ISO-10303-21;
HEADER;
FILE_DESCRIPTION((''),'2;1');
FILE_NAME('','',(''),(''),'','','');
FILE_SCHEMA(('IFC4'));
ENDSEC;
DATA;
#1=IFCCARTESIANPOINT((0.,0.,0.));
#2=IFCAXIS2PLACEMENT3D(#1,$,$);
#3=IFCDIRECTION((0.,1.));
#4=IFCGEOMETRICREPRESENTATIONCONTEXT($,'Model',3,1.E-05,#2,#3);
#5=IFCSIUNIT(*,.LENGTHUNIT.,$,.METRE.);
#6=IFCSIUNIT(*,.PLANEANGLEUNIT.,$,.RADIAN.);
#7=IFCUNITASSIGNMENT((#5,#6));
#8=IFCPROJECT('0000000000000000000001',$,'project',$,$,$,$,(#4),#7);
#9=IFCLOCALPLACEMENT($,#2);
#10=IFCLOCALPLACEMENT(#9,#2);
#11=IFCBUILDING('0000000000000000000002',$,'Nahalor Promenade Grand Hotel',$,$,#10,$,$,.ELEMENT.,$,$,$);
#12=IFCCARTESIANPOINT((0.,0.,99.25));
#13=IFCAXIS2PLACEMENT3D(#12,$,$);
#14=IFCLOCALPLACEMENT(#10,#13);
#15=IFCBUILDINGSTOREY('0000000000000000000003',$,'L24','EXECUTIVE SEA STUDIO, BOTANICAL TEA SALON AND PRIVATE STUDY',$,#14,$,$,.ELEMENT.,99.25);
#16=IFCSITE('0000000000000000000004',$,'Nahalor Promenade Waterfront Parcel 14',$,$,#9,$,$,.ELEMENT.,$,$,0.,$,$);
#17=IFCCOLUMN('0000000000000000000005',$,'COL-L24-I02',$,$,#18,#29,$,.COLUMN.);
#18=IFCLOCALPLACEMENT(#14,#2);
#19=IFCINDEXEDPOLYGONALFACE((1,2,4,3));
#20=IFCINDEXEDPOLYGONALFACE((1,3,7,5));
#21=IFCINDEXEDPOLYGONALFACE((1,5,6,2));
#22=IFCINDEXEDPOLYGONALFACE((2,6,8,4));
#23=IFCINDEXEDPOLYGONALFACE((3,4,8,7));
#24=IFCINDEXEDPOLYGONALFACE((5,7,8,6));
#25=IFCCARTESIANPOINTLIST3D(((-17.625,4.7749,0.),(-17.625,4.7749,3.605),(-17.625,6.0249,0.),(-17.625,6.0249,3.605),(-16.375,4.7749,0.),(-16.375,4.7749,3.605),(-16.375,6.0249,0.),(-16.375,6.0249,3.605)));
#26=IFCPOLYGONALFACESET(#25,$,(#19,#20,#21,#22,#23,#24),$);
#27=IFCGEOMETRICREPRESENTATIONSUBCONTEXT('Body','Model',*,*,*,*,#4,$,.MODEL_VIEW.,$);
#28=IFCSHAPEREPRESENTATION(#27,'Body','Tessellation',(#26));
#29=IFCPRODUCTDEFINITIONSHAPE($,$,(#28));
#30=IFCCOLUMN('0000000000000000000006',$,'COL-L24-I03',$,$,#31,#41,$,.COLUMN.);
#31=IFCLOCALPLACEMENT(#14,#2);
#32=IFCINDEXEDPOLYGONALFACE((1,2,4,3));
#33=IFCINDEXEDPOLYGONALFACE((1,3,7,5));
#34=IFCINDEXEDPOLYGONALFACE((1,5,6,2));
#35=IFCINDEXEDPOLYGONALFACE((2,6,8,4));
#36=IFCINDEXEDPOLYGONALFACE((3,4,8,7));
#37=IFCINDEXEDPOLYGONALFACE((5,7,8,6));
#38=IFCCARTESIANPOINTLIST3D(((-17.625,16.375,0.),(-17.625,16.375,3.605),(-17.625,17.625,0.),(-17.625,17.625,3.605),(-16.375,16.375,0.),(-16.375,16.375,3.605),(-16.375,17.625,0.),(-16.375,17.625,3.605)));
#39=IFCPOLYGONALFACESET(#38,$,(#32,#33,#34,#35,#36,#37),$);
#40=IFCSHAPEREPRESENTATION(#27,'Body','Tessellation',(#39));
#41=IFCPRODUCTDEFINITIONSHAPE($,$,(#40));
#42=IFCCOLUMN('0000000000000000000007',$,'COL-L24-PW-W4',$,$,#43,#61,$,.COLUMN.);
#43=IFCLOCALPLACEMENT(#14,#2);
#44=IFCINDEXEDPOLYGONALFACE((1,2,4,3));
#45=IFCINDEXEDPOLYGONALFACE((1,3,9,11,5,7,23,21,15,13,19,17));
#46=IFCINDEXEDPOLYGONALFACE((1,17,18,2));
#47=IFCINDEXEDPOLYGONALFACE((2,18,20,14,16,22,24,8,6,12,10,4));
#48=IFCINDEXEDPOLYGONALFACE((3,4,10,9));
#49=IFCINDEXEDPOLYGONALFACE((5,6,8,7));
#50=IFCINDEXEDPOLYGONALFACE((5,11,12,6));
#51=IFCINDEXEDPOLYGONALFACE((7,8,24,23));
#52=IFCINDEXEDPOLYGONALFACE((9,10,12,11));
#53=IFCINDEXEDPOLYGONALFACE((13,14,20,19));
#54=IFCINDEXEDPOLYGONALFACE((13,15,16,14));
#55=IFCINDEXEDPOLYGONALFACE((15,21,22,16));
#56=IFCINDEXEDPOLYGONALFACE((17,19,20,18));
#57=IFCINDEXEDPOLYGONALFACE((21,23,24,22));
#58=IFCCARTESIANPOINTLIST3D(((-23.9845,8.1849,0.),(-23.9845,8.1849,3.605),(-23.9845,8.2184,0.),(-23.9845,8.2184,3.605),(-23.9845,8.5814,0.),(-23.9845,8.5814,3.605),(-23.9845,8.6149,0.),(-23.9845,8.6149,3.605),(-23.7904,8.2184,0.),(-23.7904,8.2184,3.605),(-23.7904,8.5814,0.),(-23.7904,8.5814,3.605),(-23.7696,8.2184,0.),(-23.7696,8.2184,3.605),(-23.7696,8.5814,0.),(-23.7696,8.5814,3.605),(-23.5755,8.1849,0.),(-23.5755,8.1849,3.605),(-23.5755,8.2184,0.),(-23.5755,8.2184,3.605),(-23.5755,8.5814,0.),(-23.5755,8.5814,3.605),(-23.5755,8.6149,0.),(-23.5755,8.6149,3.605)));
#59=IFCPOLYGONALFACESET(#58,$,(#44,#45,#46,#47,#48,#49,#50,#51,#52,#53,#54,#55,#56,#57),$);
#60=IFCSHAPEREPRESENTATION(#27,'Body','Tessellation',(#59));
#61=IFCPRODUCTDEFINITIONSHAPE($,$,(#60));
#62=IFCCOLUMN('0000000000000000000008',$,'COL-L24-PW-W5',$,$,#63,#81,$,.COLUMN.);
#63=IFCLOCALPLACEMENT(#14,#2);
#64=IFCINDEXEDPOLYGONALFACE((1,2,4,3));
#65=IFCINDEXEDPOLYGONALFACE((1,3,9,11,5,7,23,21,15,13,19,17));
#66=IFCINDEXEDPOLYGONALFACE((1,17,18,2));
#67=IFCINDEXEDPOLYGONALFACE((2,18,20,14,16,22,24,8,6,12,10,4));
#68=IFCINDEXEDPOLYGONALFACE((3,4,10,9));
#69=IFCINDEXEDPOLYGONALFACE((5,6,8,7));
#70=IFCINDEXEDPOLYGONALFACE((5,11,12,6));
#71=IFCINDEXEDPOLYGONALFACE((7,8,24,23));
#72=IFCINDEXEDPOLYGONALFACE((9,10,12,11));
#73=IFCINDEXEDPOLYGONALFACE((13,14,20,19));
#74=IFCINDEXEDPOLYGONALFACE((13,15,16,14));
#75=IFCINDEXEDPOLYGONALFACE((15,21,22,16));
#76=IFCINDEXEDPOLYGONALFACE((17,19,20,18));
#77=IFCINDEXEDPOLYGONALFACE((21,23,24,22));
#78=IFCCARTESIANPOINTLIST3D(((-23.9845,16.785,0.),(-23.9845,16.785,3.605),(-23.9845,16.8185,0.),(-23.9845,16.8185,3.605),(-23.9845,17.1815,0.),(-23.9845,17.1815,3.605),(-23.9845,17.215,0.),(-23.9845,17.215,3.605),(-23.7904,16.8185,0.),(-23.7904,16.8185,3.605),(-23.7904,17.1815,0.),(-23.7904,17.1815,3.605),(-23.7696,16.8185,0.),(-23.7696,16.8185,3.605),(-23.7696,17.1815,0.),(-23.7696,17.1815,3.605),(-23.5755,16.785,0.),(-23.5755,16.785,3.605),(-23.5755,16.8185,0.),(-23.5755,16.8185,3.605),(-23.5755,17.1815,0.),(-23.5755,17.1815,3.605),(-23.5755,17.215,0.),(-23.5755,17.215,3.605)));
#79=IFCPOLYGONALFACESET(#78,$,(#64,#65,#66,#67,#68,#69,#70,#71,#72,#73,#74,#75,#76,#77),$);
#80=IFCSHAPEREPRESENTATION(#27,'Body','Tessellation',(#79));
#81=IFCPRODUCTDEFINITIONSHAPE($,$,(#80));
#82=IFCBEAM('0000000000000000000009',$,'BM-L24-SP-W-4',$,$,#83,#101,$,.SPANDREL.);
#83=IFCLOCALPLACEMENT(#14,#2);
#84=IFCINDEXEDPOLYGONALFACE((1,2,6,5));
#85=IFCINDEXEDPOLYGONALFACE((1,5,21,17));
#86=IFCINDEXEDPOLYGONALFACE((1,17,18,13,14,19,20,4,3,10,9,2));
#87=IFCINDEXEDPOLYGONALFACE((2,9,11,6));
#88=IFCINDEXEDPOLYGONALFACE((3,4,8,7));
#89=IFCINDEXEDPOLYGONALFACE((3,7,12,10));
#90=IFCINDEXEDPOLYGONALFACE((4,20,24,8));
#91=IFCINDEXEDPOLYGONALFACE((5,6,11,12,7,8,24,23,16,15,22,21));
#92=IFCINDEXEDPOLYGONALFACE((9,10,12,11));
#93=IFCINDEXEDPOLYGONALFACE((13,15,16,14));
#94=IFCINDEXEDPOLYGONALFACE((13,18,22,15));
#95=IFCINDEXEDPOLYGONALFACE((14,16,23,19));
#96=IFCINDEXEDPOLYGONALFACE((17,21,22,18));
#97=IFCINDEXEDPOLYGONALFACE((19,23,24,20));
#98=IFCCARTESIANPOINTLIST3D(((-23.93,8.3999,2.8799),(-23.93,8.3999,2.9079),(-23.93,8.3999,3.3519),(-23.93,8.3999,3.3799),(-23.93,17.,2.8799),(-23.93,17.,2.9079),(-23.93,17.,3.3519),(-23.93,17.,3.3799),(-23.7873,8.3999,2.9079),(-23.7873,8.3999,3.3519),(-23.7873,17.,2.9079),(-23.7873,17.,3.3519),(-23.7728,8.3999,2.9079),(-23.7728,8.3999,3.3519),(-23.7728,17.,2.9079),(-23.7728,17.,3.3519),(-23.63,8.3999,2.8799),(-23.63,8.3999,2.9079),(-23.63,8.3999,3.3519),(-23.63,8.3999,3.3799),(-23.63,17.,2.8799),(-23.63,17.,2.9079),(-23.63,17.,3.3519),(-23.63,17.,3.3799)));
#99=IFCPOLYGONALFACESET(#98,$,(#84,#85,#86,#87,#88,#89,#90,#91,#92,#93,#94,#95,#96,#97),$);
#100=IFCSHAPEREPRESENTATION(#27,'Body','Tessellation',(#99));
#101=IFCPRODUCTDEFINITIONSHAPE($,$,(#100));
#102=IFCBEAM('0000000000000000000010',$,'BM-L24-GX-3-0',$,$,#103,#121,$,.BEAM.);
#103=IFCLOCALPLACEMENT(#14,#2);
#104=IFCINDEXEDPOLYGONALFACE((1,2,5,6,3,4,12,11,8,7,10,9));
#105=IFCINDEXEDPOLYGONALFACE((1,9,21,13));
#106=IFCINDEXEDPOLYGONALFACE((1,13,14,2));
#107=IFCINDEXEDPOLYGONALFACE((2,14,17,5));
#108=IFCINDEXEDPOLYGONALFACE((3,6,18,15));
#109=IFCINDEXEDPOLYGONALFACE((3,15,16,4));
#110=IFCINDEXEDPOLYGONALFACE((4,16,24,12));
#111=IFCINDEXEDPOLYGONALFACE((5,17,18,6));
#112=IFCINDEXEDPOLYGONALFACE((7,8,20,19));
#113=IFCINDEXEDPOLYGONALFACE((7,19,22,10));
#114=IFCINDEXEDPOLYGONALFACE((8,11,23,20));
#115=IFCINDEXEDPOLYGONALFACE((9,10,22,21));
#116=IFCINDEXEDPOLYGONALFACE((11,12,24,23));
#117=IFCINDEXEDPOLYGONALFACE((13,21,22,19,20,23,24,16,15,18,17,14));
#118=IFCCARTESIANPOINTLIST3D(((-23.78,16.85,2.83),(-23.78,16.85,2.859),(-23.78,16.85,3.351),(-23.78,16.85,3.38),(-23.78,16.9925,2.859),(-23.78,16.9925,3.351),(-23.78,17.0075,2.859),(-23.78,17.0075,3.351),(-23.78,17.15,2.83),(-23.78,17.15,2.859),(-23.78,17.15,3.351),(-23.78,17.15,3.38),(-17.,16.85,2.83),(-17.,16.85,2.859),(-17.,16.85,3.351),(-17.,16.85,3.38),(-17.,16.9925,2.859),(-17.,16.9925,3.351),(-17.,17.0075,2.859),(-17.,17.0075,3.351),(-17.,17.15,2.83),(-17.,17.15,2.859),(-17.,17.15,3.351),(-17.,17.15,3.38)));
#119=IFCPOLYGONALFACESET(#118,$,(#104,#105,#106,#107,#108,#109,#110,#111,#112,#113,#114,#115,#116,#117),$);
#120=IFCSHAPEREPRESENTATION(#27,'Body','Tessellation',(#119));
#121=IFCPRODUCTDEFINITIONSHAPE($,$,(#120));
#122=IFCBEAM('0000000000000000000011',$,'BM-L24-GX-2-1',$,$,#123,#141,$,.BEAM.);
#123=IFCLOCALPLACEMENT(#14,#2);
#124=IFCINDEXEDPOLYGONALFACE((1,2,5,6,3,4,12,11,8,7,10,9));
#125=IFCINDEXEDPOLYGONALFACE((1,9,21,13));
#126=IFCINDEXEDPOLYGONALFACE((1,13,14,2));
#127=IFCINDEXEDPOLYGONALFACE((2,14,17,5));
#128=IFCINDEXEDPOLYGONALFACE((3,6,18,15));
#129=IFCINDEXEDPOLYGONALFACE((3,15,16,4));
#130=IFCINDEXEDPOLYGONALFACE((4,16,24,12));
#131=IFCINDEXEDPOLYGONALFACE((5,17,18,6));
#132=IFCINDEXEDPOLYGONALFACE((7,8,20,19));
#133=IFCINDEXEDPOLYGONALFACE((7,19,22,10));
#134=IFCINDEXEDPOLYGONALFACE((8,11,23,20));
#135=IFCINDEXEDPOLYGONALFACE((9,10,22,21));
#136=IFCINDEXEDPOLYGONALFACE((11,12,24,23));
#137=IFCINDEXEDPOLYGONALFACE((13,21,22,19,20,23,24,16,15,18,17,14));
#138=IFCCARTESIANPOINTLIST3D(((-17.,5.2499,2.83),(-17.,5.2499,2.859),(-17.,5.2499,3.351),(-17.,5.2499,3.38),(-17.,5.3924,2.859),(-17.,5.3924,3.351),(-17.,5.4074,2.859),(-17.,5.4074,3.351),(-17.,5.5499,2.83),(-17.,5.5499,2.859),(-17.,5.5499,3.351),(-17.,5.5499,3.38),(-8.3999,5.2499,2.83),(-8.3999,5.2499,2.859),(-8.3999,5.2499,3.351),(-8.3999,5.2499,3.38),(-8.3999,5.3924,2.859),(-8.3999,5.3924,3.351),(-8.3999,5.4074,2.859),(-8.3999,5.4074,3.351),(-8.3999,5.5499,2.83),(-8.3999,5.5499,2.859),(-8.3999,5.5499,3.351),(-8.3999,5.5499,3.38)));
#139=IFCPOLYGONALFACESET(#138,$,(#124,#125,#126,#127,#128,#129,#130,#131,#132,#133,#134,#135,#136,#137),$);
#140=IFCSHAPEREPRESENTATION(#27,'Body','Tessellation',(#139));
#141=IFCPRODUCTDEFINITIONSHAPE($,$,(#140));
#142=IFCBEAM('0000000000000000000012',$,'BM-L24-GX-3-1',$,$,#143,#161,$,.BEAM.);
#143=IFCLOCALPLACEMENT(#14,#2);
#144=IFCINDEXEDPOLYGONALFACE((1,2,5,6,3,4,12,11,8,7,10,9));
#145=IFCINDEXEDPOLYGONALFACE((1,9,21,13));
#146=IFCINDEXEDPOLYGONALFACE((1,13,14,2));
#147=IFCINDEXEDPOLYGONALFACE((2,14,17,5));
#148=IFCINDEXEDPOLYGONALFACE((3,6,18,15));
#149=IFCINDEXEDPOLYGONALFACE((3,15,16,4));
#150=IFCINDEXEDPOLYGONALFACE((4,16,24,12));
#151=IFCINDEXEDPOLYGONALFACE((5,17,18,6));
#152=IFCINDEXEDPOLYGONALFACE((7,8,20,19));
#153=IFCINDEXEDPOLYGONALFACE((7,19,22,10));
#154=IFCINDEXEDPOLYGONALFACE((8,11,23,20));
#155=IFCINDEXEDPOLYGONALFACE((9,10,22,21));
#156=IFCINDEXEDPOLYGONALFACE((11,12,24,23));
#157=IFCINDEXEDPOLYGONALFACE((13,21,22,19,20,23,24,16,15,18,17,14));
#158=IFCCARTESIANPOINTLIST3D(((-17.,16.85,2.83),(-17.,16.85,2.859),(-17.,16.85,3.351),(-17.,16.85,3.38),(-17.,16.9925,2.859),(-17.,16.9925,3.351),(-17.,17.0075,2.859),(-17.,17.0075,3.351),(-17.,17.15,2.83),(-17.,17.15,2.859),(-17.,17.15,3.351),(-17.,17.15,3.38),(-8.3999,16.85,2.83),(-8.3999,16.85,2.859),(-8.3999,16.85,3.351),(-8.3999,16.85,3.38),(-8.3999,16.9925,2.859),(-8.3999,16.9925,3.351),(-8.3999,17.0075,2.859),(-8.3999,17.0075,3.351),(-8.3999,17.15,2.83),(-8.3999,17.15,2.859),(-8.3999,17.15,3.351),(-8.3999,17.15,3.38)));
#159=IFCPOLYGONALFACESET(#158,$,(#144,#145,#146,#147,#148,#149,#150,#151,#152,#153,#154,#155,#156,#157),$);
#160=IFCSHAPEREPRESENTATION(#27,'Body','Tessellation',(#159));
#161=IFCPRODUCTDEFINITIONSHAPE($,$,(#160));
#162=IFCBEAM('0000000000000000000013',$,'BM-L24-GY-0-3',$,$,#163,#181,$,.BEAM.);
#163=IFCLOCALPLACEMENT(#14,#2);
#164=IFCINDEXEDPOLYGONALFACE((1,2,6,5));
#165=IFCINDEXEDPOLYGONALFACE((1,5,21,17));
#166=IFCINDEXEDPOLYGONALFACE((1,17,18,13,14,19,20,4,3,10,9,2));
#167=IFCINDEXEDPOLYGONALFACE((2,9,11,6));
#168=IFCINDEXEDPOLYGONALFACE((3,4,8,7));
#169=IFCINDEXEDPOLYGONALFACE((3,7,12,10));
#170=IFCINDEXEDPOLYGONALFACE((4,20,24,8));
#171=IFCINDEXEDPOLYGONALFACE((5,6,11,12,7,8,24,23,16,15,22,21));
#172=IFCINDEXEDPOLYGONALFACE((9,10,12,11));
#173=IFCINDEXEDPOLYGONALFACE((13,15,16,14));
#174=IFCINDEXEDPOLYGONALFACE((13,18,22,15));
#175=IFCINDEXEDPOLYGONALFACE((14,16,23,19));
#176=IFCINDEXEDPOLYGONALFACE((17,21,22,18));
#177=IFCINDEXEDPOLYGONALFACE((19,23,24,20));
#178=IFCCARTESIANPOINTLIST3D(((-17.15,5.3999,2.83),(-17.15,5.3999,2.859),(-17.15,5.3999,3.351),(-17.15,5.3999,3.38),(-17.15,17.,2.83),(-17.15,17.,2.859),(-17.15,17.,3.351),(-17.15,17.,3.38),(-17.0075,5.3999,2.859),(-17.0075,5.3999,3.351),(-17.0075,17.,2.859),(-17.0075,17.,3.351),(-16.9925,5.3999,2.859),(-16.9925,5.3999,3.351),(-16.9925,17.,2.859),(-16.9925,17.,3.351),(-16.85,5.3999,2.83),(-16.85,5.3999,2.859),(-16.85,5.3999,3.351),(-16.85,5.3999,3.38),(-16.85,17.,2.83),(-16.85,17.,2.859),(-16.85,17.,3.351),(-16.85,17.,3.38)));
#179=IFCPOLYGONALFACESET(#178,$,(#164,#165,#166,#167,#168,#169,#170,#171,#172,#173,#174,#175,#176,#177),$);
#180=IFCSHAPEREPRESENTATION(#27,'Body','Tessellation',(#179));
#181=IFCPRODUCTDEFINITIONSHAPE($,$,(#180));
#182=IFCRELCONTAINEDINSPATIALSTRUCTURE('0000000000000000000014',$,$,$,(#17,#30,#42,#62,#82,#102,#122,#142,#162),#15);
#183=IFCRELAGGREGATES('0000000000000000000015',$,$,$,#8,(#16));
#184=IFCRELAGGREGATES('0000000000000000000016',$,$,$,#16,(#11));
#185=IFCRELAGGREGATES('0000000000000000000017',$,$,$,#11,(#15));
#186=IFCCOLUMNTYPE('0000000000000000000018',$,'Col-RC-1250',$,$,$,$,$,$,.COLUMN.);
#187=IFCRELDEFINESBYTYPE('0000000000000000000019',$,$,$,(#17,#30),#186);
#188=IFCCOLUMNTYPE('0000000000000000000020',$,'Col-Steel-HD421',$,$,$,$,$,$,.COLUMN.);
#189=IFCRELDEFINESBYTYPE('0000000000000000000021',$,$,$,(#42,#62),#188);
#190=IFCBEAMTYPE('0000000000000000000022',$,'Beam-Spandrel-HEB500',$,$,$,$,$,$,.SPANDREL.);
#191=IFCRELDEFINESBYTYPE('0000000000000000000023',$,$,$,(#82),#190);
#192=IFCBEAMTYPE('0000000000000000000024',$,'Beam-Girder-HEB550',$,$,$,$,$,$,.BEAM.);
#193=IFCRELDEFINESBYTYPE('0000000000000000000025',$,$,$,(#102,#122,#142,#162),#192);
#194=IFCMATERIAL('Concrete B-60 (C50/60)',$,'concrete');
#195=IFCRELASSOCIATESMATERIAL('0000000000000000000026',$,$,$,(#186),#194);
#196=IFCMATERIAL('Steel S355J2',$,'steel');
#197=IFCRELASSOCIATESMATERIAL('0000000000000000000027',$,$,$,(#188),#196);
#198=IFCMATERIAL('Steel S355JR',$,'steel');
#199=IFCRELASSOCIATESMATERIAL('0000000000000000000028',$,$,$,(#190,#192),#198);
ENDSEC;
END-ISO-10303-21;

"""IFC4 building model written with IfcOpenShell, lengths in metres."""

from ifc_helpers import new_model, si_unit, direction, frame, origin, origin_2d, place, context, subcontext, project, spatial, rectangle, i_section, extrude, source, transform, mapped, material, material_profile, profile_set, type_object, element, save


model = new_model("IFC4")

# Units and contexts
model_context = context("Model", 3, precision=1e-05, world=origin(), true_north=direction((0.0, 1.0)))
body_context = subcontext(model_context, "Body", "Model", "MODEL_VIEW")
ifc_project = project(units=[si_unit("LENGTHUNIT", "METRE"), si_unit("PLANEANGLEUNIT", "RADIAN")], contexts=[model_context])

# Site, building, storey
site_placement = place(None, origin())
site = spatial("IfcSite", under=ifc_project, at=site_placement, Name="Nahalor Promenade Waterfront Parcel 14", CompositionType="ELEMENT", RefElevation=0.0)
building_placement = place(site_placement, origin())
building = spatial("IfcBuilding", under=site, at=building_placement, Name="Nahalor Promenade Grand Hotel", CompositionType="ELEMENT")
storey_placement = place(building_placement, frame((0.0, 0.0, 99.25)))
storey = spatial("IfcBuildingStorey", under=building, at=storey_placement, Name="L24", Description="EXECUTIVE SEA STUDIO, BOTANICAL TEA SALON AND PRIVATE STUDY", CompositionType="ELEMENT", Elevation=99.25)

# Columns
ifc_material_1 = material(Name="Concrete B-60 (C50/60)", Category="concrete")
ifc_material_profile_1 = material_profile(ifc_material_1, rectangle(XDim=1.25, YDim=1.25, at=origin_2d()), Name="RC 1250x1250")
ifc_profile_set_1 = profile_set([ifc_material_profile_1], Name="Concrete B-60 (C50/60)")
column_type_1 = type_object("IfcColumnType", Name="Col-RC-1250", PredefinedType="COLUMN", material=ifc_profile_set_1)
shared_shape_1 = source(origin(), body_context, "Body", "SweptSolid", [
    extrude(rectangle(XDim=1.25, YDim=1.25, at=origin_2d()), origin(), (0.0, 0.0, 1.0), 3.605),
])
for number, where, z_axis, x_axis, name in (
    (1, (-17.0, 5.3999, 0.0), (0.0, 0.0, 1.0), (1.0, 0.0, 0.0), "COL-L24-I02"),
    (2, (-17.0, 17.0, 0.0), (0.0, 0.0, 1.0), (1.0, 0.0, 0.0), "COL-L24-I03"),
):
    element("IfcColumn", number, at=place(storey_placement, frame(where, z_axis=z_axis, x_axis=x_axis)), inside=storey, type_object=column_type_1, Name=name, PredefinedType="COLUMN", context=body_context, shape_type="MappedRepresentation", body=[
        mapped(shared_shape_1, transform((0.0, 0.0, 0.0), scale=1.0)),
    ])
ifc_material_2 = material(Name="Steel S355J2", Category="steel")
ifc_material_profile_2 = material_profile(ifc_material_2, i_section(OverallWidth=0.409, OverallDepth=0.43, WebThickness=0.0208, FlangeThickness=0.0335, at=origin_2d()), Name="HD 400x421")
ifc_profile_set_2 = profile_set([ifc_material_profile_2], Name="Steel S355J2")
column_type_2 = type_object("IfcColumnType", Name="Col-Steel-HD421", PredefinedType="COLUMN", material=ifc_profile_set_2)
shared_shape_2 = source(origin(), body_context, "Body", "SweptSolid", [
    extrude(i_section(OverallWidth=0.409, OverallDepth=0.43, WebThickness=0.0208, FlangeThickness=0.0335, at=origin_2d()), origin(), (0.0, 0.0, 1.0), 3.605),
])
for number, where, z_axis, x_axis, name in (
    (3, (-23.78, 8.3999, 0.0), (0.0, 0.0, 1.0), (1.0, 0.0, 0.0), "COL-L24-PW-W4"),
    (4, (-23.78, 17.0, 0.0), (0.0, 0.0, 1.0), (1.0, 0.0, 0.0), "COL-L24-PW-W5"),
):
    element("IfcColumn", number, at=place(storey_placement, frame(where, z_axis=z_axis, x_axis=x_axis)), inside=storey, type_object=column_type_2, Name=name, PredefinedType="COLUMN", context=body_context, shape_type="MappedRepresentation", body=[
        mapped(shared_shape_2, transform((0.0, 0.0, 0.0), scale=1.0)),
    ])

# Beams
ifc_material_3 = material(Name="Steel S355JR", Category="steel")
ifc_material_profile_3 = material_profile(ifc_material_3, i_section(OverallWidth=0.3, OverallDepth=0.5, WebThickness=0.0145, FlangeThickness=0.028, at=origin_2d()), Name="HEB 500")
ifc_profile_set_3 = profile_set([ifc_material_profile_3], Name="Steel S355JR")
beam_type_1 = type_object("IfcBeamType", Name="Beam-Spandrel-HEB500", PredefinedType="SPANDREL", material=ifc_profile_set_3)
shared_shape_3 = source(origin(), body_context, "Body", "SweptSolid", [
    extrude(i_section(OverallWidth=0.3, OverallDepth=0.5, WebThickness=0.0145, FlangeThickness=0.028, at=origin_2d()), origin(), (0.0, 0.0, 1.0), 8.6001),
])
beam_1_placement = place(storey_placement, frame((-23.78, 8.3999, 3.1299), z_axis=(0.0, 1.0, 0.0), x_axis=(-1.0, 0.0, 0.0)))
element("IfcBeam", 5, at=beam_1_placement, inside=storey, type_object=beam_type_1, Name="BM-L24-SP-W-4", PredefinedType="SPANDREL", context=body_context, shape_type="MappedRepresentation", body=[
    mapped(shared_shape_3, transform((0.0, 0.0, 0.0), scale=1.0)),
])
ifc_material_profile_4 = material_profile(ifc_material_3, i_section(OverallWidth=0.3, OverallDepth=0.55, WebThickness=0.015, FlangeThickness=0.029, at=origin_2d()), Name="HEB 550")
ifc_profile_set_4 = profile_set([ifc_material_profile_4], Name="Steel S355JR")
beam_type_2 = type_object("IfcBeamType", Name="Beam-Girder-HEB550", PredefinedType="BEAM", material=ifc_profile_set_4)
shared_shape_4 = source(origin(), body_context, "Body", "SweptSolid", [
    extrude(i_section(OverallWidth=0.3, OverallDepth=0.55, WebThickness=0.015, FlangeThickness=0.029, at=origin_2d()), origin(), (0.0, 0.0, 1.0), 6.78),
])
beam_2_placement = place(storey_placement, frame((-23.78, 17.0, 3.105), z_axis=(1.0, 0.0, 0.0), x_axis=(0.0, 1.0, 0.0)))
element("IfcBeam", 6, at=beam_2_placement, inside=storey, type_object=beam_type_2, Name="BM-L24-GX-3-0", PredefinedType="BEAM", context=body_context, shape_type="MappedRepresentation", body=[
    mapped(shared_shape_4, transform((0.0, 0.0, 0.0), scale=1.0)),
])
shared_shape_5 = source(origin(), body_context, "Body", "SweptSolid", [
    extrude(i_section(OverallWidth=0.3, OverallDepth=0.55, WebThickness=0.015, FlangeThickness=0.029, at=origin_2d()), origin(), (0.0, 0.0, 1.0), 8.6001),
])
for number, where, z_axis, x_axis, name in (
    (7, (-17.0, 5.3999, 3.105), (1.0, 0.0, 0.0), (0.0, 1.0, 0.0), "BM-L24-GX-2-1"),
    (8, (-17.0, 17.0, 3.105), (1.0, 0.0, 0.0), (0.0, 1.0, 0.0), "BM-L24-GX-3-1"),
):
    element("IfcBeam", number, at=place(storey_placement, frame(where, z_axis=z_axis, x_axis=x_axis)), inside=storey, type_object=beam_type_2, Name=name, PredefinedType="BEAM", context=body_context, shape_type="MappedRepresentation", body=[
        mapped(shared_shape_5, transform((0.0, 0.0, 0.0), scale=1.0)),
    ])
shared_shape_6 = source(origin(), body_context, "Body", "SweptSolid", [
    extrude(i_section(OverallWidth=0.3, OverallDepth=0.55, WebThickness=0.015, FlangeThickness=0.029, at=origin_2d()), origin(), (0.0, 0.0, 1.0), 11.6001),
])
beam_3_placement = place(storey_placement, frame((-17.0, 5.3999, 3.105), z_axis=(0.0, 1.0, 0.0), x_axis=(-1.0, 0.0, 0.0)))
element("IfcBeam", 9, at=beam_3_placement, inside=storey, type_object=beam_type_2, Name="BM-L24-GY-0-3", PredefinedType="BEAM", context=body_context, shape_type="MappedRepresentation", body=[
    mapped(shared_shape_6, transform((0.0, 0.0, 0.0), scale=1.0)),
])

save(model, "model.ifc")
